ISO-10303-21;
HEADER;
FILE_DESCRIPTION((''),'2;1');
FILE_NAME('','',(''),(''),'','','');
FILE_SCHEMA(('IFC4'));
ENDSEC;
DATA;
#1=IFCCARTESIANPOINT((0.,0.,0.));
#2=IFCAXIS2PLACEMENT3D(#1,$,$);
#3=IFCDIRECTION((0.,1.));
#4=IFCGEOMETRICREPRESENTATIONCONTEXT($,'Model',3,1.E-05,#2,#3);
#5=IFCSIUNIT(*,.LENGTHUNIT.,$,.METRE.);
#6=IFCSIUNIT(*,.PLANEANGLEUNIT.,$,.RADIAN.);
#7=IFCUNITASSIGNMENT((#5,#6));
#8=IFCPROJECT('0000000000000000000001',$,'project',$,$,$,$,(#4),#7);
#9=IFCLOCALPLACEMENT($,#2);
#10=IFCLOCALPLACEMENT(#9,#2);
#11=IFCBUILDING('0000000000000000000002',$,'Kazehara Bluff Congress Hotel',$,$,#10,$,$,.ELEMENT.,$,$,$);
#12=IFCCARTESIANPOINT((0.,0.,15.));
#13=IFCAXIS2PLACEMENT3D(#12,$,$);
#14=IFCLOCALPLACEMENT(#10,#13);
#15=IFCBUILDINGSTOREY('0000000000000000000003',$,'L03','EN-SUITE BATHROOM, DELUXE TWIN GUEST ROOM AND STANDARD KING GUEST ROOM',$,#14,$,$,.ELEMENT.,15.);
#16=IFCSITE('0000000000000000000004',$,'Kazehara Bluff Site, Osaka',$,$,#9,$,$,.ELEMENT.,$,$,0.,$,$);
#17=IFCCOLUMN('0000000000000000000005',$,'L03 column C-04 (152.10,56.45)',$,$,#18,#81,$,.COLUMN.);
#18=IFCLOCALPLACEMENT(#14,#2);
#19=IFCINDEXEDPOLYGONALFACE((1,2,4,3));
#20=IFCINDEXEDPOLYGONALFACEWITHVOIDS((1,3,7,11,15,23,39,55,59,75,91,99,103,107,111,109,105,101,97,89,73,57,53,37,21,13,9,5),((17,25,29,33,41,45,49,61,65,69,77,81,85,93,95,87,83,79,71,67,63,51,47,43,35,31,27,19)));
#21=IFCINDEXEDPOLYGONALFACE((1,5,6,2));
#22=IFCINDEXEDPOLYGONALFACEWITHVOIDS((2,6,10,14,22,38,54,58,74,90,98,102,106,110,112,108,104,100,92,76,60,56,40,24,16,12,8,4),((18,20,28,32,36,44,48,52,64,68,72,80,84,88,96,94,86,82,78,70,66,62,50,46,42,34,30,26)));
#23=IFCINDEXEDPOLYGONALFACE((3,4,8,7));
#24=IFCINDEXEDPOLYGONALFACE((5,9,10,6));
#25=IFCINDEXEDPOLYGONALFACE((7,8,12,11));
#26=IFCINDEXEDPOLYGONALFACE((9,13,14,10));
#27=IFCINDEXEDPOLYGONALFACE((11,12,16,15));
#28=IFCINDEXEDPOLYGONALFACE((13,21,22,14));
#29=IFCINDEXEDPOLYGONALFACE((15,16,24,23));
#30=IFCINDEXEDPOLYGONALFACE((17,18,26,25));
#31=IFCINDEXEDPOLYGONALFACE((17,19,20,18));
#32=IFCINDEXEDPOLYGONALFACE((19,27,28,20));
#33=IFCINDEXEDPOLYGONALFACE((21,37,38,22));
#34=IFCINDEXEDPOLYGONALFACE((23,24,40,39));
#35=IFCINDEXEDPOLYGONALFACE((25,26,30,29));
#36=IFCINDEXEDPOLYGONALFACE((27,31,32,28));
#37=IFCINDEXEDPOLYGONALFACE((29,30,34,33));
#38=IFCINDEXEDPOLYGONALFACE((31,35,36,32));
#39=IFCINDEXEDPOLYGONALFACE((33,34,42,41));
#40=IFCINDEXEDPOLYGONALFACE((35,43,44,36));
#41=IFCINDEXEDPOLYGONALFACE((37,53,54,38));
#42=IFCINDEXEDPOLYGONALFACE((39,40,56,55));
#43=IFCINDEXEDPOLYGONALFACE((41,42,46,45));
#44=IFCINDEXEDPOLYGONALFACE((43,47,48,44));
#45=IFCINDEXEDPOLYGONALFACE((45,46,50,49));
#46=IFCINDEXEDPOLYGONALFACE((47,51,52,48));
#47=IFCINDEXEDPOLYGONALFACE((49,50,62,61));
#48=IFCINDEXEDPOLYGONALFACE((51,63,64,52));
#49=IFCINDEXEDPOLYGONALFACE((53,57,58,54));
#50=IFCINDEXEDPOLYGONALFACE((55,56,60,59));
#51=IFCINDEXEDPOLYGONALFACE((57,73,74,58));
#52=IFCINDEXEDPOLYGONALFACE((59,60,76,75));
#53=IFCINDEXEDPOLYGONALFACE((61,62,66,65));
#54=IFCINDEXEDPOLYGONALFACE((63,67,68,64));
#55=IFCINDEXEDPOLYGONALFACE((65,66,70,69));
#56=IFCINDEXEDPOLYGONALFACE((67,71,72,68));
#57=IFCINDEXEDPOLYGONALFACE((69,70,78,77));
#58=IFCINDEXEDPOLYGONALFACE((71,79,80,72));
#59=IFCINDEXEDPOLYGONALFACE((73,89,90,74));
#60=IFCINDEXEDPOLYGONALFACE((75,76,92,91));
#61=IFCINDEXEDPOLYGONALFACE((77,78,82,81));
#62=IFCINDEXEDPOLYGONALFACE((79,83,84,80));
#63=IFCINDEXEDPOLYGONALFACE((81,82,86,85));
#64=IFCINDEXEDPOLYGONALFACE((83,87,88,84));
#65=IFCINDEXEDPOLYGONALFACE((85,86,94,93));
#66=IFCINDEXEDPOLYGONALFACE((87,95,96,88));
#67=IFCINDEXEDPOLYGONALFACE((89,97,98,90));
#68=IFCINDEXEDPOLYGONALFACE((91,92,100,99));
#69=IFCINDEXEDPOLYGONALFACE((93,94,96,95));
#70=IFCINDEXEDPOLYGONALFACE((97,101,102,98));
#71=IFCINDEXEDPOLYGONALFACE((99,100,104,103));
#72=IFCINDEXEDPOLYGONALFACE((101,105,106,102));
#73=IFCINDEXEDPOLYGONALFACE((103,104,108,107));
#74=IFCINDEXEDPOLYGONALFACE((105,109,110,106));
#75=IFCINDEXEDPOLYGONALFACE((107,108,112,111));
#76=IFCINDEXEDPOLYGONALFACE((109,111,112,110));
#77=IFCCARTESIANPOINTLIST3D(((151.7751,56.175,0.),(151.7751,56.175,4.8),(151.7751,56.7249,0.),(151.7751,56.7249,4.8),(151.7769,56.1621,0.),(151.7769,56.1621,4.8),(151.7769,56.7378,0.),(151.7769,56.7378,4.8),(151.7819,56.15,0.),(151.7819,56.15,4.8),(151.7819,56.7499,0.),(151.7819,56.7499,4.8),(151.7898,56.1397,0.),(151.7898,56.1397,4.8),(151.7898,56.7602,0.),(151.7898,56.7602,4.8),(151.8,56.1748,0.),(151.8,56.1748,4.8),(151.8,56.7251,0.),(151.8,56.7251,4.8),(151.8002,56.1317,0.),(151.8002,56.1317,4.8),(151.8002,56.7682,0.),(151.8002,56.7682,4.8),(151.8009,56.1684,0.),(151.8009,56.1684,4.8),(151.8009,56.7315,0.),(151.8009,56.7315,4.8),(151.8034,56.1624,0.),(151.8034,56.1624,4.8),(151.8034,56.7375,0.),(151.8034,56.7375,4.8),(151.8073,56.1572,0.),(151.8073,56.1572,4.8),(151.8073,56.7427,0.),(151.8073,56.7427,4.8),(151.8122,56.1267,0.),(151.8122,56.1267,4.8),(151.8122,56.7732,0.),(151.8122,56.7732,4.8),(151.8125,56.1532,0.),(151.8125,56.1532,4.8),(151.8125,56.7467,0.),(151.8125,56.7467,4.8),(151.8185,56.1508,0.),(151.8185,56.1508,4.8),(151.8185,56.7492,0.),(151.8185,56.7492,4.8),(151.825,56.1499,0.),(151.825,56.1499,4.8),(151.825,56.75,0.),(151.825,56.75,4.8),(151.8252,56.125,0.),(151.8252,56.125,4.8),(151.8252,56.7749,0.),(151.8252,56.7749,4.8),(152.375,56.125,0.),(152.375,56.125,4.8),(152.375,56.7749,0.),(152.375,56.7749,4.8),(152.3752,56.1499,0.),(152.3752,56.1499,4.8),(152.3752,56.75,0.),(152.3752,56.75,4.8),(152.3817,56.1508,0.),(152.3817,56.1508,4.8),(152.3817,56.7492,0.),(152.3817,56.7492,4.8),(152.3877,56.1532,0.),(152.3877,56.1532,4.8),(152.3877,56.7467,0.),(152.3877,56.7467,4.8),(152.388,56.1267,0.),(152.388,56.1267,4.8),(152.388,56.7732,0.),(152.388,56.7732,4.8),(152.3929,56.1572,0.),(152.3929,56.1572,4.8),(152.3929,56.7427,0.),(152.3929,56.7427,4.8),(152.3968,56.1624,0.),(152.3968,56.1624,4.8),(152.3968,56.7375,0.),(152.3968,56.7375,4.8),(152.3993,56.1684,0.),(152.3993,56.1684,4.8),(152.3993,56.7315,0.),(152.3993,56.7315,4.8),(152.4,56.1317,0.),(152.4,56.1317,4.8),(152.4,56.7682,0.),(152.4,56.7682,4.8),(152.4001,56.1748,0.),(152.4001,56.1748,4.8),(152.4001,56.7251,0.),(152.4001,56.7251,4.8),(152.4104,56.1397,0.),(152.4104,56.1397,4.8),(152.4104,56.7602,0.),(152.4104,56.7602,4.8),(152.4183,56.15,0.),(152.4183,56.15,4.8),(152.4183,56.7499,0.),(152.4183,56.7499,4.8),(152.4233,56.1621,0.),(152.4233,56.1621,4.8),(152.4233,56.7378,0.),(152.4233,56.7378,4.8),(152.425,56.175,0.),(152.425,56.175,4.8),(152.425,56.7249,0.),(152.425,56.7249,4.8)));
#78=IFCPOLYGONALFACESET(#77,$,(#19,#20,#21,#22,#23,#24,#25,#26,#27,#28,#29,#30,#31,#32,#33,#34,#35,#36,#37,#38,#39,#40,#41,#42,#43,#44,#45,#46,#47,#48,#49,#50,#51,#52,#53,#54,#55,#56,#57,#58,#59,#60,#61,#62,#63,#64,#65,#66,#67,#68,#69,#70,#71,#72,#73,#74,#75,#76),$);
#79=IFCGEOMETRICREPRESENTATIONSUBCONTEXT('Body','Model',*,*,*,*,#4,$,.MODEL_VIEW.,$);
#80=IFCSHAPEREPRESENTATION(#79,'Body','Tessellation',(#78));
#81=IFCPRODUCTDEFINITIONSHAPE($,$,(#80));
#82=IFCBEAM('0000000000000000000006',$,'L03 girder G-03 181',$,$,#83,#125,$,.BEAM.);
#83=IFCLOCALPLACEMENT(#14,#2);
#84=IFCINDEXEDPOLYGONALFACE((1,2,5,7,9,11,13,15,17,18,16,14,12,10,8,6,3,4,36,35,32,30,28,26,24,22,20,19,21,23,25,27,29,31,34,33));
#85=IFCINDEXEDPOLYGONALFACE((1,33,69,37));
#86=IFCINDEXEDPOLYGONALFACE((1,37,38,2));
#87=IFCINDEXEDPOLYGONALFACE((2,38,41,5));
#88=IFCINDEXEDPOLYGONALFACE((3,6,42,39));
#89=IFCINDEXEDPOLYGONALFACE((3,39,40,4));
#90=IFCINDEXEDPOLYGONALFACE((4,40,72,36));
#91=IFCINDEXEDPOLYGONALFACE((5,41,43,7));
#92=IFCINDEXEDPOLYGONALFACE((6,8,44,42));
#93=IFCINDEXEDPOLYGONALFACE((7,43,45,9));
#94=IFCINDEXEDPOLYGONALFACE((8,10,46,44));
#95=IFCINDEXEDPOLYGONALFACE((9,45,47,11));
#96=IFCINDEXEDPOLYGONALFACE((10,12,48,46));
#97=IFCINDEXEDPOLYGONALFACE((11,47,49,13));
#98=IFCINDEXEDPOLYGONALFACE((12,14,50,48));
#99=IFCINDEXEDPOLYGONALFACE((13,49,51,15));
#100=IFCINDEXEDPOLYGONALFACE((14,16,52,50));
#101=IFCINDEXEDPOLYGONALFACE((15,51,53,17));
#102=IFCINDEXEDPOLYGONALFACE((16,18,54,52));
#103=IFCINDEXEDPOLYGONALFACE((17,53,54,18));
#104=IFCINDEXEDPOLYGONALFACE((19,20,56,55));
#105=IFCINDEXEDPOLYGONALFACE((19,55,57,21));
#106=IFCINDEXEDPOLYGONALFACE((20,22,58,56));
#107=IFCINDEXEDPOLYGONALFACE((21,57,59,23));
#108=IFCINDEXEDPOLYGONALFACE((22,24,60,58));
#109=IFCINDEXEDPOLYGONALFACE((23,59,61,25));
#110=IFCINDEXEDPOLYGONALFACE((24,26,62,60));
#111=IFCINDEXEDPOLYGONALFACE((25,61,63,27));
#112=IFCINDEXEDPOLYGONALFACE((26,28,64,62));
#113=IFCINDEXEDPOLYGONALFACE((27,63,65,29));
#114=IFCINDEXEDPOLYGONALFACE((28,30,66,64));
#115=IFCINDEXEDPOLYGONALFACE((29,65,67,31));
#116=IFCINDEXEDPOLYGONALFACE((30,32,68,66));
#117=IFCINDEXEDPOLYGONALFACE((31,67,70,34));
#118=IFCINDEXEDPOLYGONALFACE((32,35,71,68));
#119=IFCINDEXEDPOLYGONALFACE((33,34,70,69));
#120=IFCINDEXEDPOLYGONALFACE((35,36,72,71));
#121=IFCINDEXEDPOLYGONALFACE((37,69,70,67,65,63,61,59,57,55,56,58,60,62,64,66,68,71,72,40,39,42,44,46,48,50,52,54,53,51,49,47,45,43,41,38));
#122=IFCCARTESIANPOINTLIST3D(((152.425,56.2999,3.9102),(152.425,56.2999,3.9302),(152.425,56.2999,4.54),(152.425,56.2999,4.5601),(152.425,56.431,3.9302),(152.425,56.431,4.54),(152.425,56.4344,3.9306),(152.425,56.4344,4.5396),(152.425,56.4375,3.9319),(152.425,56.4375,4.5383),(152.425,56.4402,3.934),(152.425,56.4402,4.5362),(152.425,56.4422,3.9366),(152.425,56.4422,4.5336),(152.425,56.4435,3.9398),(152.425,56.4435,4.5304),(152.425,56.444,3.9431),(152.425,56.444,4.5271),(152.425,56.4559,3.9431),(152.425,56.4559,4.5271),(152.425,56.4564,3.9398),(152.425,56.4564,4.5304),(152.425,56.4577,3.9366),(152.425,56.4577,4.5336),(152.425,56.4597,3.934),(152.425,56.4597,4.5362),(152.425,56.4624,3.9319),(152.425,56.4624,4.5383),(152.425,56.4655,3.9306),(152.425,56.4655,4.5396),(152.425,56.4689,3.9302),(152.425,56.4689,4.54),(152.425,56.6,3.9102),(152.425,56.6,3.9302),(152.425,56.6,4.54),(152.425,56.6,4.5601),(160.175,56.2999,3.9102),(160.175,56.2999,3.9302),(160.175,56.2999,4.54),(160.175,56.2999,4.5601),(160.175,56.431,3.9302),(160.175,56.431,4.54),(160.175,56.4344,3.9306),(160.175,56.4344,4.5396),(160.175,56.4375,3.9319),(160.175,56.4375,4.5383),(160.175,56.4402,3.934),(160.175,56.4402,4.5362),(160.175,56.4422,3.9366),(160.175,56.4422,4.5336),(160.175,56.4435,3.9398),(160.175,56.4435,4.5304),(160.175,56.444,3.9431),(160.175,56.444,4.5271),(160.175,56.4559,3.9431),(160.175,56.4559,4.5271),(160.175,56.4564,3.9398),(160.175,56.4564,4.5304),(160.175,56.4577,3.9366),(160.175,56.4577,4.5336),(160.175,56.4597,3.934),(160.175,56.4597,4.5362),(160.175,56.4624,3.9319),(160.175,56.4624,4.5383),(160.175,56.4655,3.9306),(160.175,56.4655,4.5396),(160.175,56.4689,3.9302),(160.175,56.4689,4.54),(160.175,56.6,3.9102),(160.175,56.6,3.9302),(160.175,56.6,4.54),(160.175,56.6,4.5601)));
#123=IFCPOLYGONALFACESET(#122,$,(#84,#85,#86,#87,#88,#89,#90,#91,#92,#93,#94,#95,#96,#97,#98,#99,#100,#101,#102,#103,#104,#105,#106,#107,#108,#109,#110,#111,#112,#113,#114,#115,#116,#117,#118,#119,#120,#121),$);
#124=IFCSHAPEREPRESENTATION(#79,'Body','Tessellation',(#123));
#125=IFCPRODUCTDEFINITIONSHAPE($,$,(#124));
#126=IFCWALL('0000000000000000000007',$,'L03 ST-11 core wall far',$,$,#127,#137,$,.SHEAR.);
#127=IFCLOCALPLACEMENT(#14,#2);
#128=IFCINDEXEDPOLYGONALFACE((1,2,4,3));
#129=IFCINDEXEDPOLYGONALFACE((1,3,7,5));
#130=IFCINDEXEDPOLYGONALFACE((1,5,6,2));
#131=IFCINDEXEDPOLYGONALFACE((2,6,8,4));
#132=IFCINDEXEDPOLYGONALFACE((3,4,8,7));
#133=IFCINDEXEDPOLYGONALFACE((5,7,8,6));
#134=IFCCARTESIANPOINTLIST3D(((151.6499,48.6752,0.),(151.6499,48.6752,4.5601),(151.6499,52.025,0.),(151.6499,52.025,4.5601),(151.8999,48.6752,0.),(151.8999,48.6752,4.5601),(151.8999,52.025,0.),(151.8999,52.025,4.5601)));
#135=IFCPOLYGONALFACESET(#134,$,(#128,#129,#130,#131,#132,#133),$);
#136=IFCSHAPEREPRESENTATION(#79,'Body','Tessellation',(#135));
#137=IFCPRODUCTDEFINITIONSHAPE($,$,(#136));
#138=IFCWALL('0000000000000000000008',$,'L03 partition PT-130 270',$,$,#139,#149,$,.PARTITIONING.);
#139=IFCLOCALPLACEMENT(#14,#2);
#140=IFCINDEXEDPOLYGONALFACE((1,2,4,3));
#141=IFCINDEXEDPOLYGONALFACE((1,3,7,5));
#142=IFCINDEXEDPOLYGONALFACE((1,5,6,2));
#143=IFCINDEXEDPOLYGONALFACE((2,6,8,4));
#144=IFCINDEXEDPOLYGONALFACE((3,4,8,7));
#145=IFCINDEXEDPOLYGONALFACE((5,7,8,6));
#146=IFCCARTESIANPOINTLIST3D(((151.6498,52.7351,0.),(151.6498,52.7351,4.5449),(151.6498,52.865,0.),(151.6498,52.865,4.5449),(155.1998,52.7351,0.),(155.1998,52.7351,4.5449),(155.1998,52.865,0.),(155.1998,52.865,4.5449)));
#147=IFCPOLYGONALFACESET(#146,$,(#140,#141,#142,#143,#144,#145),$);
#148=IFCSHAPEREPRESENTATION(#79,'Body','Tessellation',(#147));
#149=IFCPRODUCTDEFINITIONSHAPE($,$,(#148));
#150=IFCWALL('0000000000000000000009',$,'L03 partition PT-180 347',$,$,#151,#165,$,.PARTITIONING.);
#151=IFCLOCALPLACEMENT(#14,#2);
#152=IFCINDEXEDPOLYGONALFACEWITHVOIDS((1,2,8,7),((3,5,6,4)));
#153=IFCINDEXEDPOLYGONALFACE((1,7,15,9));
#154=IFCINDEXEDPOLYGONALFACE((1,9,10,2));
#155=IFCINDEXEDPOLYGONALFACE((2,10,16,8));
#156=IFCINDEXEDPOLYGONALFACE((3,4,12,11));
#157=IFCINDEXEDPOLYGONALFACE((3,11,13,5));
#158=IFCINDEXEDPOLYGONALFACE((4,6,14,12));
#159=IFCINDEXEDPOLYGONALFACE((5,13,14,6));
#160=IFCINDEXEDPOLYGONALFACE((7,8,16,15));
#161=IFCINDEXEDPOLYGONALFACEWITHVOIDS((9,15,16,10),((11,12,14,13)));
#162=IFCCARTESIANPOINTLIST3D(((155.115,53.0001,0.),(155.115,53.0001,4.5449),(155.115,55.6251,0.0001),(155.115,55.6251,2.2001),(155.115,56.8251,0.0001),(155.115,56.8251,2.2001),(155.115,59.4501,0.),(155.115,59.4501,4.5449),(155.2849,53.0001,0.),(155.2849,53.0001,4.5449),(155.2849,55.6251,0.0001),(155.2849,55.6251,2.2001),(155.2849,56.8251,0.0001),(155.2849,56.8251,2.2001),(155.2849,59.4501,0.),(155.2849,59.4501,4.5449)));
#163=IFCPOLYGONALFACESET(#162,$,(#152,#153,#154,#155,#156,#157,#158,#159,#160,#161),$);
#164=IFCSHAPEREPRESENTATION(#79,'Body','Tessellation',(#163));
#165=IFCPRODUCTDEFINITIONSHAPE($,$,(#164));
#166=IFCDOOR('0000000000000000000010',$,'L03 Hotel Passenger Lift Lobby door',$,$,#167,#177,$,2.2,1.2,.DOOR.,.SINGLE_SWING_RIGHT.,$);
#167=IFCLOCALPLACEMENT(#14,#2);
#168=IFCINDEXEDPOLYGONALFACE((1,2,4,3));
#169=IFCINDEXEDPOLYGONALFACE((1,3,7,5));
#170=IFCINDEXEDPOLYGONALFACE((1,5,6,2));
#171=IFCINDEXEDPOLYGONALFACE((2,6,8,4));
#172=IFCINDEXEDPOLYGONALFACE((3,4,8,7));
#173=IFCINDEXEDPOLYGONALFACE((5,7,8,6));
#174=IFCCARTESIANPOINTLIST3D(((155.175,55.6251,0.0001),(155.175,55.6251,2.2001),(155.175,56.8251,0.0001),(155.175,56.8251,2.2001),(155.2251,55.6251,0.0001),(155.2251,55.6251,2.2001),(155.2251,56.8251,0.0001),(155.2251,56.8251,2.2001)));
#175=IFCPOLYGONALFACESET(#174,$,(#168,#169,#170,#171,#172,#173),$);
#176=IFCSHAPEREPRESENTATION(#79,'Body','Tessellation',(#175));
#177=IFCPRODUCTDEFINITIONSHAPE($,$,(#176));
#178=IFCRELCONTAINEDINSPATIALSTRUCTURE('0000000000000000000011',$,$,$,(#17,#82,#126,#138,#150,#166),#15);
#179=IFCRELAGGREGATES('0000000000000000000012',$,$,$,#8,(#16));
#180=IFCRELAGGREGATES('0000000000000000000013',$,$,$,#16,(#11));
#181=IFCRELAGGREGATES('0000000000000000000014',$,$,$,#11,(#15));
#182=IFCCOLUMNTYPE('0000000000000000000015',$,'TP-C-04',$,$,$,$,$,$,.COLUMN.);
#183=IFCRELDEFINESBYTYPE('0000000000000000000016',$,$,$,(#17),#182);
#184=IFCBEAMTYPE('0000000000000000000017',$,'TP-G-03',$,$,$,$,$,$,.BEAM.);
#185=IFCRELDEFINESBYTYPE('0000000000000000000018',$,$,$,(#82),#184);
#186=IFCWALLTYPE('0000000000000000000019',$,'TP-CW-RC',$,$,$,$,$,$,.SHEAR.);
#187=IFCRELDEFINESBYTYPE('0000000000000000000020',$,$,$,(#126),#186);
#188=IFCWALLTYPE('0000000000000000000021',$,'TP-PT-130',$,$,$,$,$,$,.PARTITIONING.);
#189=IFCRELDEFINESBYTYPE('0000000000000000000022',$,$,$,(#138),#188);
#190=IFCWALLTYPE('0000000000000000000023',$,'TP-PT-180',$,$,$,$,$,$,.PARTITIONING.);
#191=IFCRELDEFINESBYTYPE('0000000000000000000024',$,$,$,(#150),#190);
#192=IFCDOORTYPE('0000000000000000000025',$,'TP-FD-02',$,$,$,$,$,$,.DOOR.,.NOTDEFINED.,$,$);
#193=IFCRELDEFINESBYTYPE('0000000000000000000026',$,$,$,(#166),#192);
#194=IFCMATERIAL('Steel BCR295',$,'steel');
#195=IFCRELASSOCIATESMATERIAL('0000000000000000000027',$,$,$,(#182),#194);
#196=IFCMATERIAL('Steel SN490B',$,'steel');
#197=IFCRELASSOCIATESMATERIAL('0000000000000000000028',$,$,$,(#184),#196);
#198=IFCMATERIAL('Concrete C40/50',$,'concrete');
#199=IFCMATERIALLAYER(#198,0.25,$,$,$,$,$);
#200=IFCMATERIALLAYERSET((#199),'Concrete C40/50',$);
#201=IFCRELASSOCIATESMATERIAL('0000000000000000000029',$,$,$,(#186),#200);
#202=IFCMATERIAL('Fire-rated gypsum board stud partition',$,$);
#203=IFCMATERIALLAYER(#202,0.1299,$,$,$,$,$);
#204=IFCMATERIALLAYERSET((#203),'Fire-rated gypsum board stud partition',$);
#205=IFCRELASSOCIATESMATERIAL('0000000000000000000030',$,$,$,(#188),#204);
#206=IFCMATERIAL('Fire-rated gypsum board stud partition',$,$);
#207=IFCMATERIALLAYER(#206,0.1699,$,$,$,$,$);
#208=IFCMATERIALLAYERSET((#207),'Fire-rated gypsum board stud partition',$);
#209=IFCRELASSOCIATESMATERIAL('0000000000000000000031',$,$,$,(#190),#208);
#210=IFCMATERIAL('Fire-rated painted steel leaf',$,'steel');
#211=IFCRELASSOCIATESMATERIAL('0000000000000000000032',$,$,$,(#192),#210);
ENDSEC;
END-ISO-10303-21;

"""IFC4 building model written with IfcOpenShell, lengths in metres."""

from ifc_helpers import new_model, si_unit, direction, frame, frame_2d, origin, origin_2d, place, context, subcontext, project, spatial, rectangle, hollow_rectangle, i_section, extrude, material, layer, layer_set, material_profile, profile_set, type_object, element, fill, save


model = new_model("IFC4")

# Units and contexts
model_context = context("Model", 3, precision=1e-05, world=origin(), true_north=direction((0.0, 1.0)))
body_context = subcontext(model_context, "Body", "Model", "MODEL_VIEW")
ifc_project = project(units=[si_unit("LENGTHUNIT", "METRE"), si_unit("PLANEANGLEUNIT", "RADIAN")], contexts=[model_context])

# Site, building, storey
site_placement = place(None, origin())
site = spatial("IfcSite", under=ifc_project, at=site_placement, Name="Kazehara Bluff Site, Osaka", CompositionType="ELEMENT", RefElevation=0.0)
building_placement = place(site_placement, origin())
building = spatial("IfcBuilding", under=site, at=building_placement, Name="Kazehara Bluff Congress Hotel", CompositionType="ELEMENT")
storey_placement = place(building_placement, frame((0.0, 0.0, 15.0)))
storey = spatial("IfcBuildingStorey", under=building, at=storey_placement, Name="L03", Description="EN-SUITE BATHROOM, DELUXE TWIN GUEST ROOM AND STANDARD KING GUEST ROOM", CompositionType="ELEMENT", Elevation=15.0)

# Column
ifc_material_1 = material(Name="Steel BCR295", Category="steel")
ifc_material_profile_1 = material_profile(ifc_material_1, hollow_rectangle(XDim=0.6499, YDim=0.6499, WallThickness=0.0249, InnerFilletRadius=0.0249, OuterFilletRadius=0.05, at=origin_2d()))
ifc_profile_set_1 = profile_set([ifc_material_profile_1], Name="Steel BCR295")
column_type = type_object("IfcColumnType", Name="TP-C-04", PredefinedType="COLUMN", material=ifc_profile_set_1)
column_placement = place(storey_placement, frame((152.1001, 56.45, 0.0), z_axis=(0.0, 0.0, 1.0), x_axis=(1.0, 0.0, 0.0)))
element("IfcColumn", 1, at=column_placement, inside=storey, type_object=column_type, Name="L03 column C-04 (152.10,56.45)", PredefinedType="COLUMN", context=body_context, shape_type="SweptSolid", body=[
    extrude(hollow_rectangle(XDim=0.6499, YDim=0.6499, WallThickness=0.0249, InnerFilletRadius=0.0249, OuterFilletRadius=0.05, at=origin_2d()), origin(), (0.0, 0.0, 1.0), 4.8),
])

# Beam
ifc_material_2 = material(Name="Steel SN490B", Category="steel")
ifc_material_profile_2 = material_profile(ifc_material_2, i_section(OverallWidth=0.3, OverallDepth=0.6499, WebThickness=0.012, FlangeThickness=0.02, FilletRadius=0.0129, at=origin_2d()))
ifc_profile_set_2 = profile_set([ifc_material_profile_2], Name="Steel SN490B")
beam_type = type_object("IfcBeamType", Name="TP-G-03", PredefinedType="BEAM", material=ifc_profile_set_2)
beam_placement = place(storey_placement, frame((152.425, 56.45, 4.2351), z_axis=(1.0, 0.0, 0.0), x_axis=(0.0, 1.0, 0.0)))
element("IfcBeam", 2, at=beam_placement, inside=storey, type_object=beam_type, Name="L03 girder G-03 181", PredefinedType="BEAM", context=body_context, shape_type="SweptSolid", body=[
    extrude(i_section(OverallWidth=0.3, OverallDepth=0.6499, WebThickness=0.012, FlangeThickness=0.02, FilletRadius=0.0129, at=origin_2d()), origin(), (0.0, 0.0, 1.0), 7.75),
])

# Walls
ifc_material_3 = material(Name="Concrete C40/50", Category="concrete")
ifc_layer_1 = layer(ifc_material_3, 0.25)
ifc_layer_set_1 = layer_set([ifc_layer_1], Name="Concrete C40/50")
wall_type_1 = type_object("IfcWallType", Name="TP-CW-RC", PredefinedType="SHEAR", material=ifc_layer_set_1)
wall_1_placement = place(storey_placement, frame((151.7749, 52.0249, 0.0), z_axis=(0.0, 0.0, 1.0), x_axis=(0.0, -1.0, 0.0)))
element("IfcWall", 3, at=wall_1_placement, inside=storey, type_object=wall_type_1, Name="L03 ST-11 core wall far", PredefinedType="SHEAR", context=body_context, shape_type="SweptSolid", body=[
    extrude(rectangle(XDim=3.3499, YDim=0.25, at=frame_2d((1.6748, 0.0))), origin(), (0.0, 0.0, 1.0), 4.5601),
])
ifc_material_4 = material(Name="Fire-rated gypsum board stud partition")
ifc_layer_2 = layer(ifc_material_4, 0.1299)
ifc_layer_set_2 = layer_set([ifc_layer_2], Name="Fire-rated gypsum board stud partition")
wall_type_2 = type_object("IfcWallType", Name="TP-PT-130", PredefinedType="PARTITIONING", material=ifc_layer_set_2)
wall_2_placement = place(storey_placement, frame((151.6499, 52.8, 0.0), z_axis=(0.0, 0.0, 1.0), x_axis=(1.0, 0.0, 0.0)))
element("IfcWall", 4, at=wall_2_placement, inside=storey, type_object=wall_type_2, Name="L03 partition PT-130 270", PredefinedType="PARTITIONING", context=body_context, shape_type="SweptSolid", body=[
    extrude(rectangle(XDim=3.55, YDim=0.1299, at=frame_2d((1.7749, 0.0))), origin(), (0.0, 0.0, 1.0), 4.5449),
])

# Wall, opening, door
ifc_material_5 = material(Name="Fire-rated gypsum board stud partition")
ifc_layer_3 = layer(ifc_material_5, 0.1699)
ifc_layer_set_3 = layer_set([ifc_layer_3], Name="Fire-rated gypsum board stud partition")
wall_type_3 = type_object("IfcWallType", Name="TP-PT-180", PredefinedType="PARTITIONING", material=ifc_layer_set_3)
wall_3_placement = place(storey_placement, frame((155.2, 53.0, 0.0), z_axis=(0.0, 0.0, 1.0), x_axis=(0.0, 1.0, 0.0)))
wall_3 = element("IfcWall", 5, at=wall_3_placement, inside=storey, type_object=wall_type_3, Name="L03 partition PT-180 347", PredefinedType="PARTITIONING", context=body_context, shape_type="SweptSolid", body=[
    extrude(rectangle(XDim=6.45, YDim=0.1699, at=frame_2d((3.2251, 0.0))), origin(), (0.0, 0.0, 1.0), 4.5449),
])
opening_1_placement = place(wall_3_placement, frame((2.625, 0.0, 0.0)))
opening_1 = element("IfcOpeningElement", 6, at=opening_1_placement, cuts=wall_3, PredefinedType="OPENING", context=body_context, shape_type="SweptSolid", body=[
    extrude(rectangle(XDim=1.2, YDim=2.2, at=frame_2d((0.6001, 1.1001))), frame((0.0, 0.095, 0.0), z_axis=(0.0, -1.0, 0.0), x_axis=(1.0, 0.0, 0.0)), (0.0, 0.0, 1.0), 0.1899),
])
ifc_material_6 = material(Name="Fire-rated painted steel leaf", Category="steel")
door_type_1 = type_object("IfcDoorType", Name="TP-FD-02", OperationType="NOTDEFINED", PredefinedType="DOOR", material=ifc_material_6)
door_1_placement = place(opening_1_placement, origin())
door_1 = element("IfcDoor", 7, at=door_1_placement, inside=storey, type_object=door_type_1, Name="L03 Hotel Passenger Lift Lobby door", OperationType="SINGLE_SWING_RIGHT", OverallHeight=2.2, OverallWidth=1.2, PredefinedType="DOOR", context=body_context, shape_type="SweptSolid", body=[
    extrude(rectangle(XDim=1.2, YDim=2.2, at=frame_2d((0.6001, 1.1001))), frame((0.0, 0.0249, 0.0), z_axis=(0.0, -1.0, 0.0), x_axis=(1.0, 0.0, 0.0)), (0.0, 0.0, 1.0), 0.05),
])
fill(opening_1, door_1)

save(model, "model.ifc")
